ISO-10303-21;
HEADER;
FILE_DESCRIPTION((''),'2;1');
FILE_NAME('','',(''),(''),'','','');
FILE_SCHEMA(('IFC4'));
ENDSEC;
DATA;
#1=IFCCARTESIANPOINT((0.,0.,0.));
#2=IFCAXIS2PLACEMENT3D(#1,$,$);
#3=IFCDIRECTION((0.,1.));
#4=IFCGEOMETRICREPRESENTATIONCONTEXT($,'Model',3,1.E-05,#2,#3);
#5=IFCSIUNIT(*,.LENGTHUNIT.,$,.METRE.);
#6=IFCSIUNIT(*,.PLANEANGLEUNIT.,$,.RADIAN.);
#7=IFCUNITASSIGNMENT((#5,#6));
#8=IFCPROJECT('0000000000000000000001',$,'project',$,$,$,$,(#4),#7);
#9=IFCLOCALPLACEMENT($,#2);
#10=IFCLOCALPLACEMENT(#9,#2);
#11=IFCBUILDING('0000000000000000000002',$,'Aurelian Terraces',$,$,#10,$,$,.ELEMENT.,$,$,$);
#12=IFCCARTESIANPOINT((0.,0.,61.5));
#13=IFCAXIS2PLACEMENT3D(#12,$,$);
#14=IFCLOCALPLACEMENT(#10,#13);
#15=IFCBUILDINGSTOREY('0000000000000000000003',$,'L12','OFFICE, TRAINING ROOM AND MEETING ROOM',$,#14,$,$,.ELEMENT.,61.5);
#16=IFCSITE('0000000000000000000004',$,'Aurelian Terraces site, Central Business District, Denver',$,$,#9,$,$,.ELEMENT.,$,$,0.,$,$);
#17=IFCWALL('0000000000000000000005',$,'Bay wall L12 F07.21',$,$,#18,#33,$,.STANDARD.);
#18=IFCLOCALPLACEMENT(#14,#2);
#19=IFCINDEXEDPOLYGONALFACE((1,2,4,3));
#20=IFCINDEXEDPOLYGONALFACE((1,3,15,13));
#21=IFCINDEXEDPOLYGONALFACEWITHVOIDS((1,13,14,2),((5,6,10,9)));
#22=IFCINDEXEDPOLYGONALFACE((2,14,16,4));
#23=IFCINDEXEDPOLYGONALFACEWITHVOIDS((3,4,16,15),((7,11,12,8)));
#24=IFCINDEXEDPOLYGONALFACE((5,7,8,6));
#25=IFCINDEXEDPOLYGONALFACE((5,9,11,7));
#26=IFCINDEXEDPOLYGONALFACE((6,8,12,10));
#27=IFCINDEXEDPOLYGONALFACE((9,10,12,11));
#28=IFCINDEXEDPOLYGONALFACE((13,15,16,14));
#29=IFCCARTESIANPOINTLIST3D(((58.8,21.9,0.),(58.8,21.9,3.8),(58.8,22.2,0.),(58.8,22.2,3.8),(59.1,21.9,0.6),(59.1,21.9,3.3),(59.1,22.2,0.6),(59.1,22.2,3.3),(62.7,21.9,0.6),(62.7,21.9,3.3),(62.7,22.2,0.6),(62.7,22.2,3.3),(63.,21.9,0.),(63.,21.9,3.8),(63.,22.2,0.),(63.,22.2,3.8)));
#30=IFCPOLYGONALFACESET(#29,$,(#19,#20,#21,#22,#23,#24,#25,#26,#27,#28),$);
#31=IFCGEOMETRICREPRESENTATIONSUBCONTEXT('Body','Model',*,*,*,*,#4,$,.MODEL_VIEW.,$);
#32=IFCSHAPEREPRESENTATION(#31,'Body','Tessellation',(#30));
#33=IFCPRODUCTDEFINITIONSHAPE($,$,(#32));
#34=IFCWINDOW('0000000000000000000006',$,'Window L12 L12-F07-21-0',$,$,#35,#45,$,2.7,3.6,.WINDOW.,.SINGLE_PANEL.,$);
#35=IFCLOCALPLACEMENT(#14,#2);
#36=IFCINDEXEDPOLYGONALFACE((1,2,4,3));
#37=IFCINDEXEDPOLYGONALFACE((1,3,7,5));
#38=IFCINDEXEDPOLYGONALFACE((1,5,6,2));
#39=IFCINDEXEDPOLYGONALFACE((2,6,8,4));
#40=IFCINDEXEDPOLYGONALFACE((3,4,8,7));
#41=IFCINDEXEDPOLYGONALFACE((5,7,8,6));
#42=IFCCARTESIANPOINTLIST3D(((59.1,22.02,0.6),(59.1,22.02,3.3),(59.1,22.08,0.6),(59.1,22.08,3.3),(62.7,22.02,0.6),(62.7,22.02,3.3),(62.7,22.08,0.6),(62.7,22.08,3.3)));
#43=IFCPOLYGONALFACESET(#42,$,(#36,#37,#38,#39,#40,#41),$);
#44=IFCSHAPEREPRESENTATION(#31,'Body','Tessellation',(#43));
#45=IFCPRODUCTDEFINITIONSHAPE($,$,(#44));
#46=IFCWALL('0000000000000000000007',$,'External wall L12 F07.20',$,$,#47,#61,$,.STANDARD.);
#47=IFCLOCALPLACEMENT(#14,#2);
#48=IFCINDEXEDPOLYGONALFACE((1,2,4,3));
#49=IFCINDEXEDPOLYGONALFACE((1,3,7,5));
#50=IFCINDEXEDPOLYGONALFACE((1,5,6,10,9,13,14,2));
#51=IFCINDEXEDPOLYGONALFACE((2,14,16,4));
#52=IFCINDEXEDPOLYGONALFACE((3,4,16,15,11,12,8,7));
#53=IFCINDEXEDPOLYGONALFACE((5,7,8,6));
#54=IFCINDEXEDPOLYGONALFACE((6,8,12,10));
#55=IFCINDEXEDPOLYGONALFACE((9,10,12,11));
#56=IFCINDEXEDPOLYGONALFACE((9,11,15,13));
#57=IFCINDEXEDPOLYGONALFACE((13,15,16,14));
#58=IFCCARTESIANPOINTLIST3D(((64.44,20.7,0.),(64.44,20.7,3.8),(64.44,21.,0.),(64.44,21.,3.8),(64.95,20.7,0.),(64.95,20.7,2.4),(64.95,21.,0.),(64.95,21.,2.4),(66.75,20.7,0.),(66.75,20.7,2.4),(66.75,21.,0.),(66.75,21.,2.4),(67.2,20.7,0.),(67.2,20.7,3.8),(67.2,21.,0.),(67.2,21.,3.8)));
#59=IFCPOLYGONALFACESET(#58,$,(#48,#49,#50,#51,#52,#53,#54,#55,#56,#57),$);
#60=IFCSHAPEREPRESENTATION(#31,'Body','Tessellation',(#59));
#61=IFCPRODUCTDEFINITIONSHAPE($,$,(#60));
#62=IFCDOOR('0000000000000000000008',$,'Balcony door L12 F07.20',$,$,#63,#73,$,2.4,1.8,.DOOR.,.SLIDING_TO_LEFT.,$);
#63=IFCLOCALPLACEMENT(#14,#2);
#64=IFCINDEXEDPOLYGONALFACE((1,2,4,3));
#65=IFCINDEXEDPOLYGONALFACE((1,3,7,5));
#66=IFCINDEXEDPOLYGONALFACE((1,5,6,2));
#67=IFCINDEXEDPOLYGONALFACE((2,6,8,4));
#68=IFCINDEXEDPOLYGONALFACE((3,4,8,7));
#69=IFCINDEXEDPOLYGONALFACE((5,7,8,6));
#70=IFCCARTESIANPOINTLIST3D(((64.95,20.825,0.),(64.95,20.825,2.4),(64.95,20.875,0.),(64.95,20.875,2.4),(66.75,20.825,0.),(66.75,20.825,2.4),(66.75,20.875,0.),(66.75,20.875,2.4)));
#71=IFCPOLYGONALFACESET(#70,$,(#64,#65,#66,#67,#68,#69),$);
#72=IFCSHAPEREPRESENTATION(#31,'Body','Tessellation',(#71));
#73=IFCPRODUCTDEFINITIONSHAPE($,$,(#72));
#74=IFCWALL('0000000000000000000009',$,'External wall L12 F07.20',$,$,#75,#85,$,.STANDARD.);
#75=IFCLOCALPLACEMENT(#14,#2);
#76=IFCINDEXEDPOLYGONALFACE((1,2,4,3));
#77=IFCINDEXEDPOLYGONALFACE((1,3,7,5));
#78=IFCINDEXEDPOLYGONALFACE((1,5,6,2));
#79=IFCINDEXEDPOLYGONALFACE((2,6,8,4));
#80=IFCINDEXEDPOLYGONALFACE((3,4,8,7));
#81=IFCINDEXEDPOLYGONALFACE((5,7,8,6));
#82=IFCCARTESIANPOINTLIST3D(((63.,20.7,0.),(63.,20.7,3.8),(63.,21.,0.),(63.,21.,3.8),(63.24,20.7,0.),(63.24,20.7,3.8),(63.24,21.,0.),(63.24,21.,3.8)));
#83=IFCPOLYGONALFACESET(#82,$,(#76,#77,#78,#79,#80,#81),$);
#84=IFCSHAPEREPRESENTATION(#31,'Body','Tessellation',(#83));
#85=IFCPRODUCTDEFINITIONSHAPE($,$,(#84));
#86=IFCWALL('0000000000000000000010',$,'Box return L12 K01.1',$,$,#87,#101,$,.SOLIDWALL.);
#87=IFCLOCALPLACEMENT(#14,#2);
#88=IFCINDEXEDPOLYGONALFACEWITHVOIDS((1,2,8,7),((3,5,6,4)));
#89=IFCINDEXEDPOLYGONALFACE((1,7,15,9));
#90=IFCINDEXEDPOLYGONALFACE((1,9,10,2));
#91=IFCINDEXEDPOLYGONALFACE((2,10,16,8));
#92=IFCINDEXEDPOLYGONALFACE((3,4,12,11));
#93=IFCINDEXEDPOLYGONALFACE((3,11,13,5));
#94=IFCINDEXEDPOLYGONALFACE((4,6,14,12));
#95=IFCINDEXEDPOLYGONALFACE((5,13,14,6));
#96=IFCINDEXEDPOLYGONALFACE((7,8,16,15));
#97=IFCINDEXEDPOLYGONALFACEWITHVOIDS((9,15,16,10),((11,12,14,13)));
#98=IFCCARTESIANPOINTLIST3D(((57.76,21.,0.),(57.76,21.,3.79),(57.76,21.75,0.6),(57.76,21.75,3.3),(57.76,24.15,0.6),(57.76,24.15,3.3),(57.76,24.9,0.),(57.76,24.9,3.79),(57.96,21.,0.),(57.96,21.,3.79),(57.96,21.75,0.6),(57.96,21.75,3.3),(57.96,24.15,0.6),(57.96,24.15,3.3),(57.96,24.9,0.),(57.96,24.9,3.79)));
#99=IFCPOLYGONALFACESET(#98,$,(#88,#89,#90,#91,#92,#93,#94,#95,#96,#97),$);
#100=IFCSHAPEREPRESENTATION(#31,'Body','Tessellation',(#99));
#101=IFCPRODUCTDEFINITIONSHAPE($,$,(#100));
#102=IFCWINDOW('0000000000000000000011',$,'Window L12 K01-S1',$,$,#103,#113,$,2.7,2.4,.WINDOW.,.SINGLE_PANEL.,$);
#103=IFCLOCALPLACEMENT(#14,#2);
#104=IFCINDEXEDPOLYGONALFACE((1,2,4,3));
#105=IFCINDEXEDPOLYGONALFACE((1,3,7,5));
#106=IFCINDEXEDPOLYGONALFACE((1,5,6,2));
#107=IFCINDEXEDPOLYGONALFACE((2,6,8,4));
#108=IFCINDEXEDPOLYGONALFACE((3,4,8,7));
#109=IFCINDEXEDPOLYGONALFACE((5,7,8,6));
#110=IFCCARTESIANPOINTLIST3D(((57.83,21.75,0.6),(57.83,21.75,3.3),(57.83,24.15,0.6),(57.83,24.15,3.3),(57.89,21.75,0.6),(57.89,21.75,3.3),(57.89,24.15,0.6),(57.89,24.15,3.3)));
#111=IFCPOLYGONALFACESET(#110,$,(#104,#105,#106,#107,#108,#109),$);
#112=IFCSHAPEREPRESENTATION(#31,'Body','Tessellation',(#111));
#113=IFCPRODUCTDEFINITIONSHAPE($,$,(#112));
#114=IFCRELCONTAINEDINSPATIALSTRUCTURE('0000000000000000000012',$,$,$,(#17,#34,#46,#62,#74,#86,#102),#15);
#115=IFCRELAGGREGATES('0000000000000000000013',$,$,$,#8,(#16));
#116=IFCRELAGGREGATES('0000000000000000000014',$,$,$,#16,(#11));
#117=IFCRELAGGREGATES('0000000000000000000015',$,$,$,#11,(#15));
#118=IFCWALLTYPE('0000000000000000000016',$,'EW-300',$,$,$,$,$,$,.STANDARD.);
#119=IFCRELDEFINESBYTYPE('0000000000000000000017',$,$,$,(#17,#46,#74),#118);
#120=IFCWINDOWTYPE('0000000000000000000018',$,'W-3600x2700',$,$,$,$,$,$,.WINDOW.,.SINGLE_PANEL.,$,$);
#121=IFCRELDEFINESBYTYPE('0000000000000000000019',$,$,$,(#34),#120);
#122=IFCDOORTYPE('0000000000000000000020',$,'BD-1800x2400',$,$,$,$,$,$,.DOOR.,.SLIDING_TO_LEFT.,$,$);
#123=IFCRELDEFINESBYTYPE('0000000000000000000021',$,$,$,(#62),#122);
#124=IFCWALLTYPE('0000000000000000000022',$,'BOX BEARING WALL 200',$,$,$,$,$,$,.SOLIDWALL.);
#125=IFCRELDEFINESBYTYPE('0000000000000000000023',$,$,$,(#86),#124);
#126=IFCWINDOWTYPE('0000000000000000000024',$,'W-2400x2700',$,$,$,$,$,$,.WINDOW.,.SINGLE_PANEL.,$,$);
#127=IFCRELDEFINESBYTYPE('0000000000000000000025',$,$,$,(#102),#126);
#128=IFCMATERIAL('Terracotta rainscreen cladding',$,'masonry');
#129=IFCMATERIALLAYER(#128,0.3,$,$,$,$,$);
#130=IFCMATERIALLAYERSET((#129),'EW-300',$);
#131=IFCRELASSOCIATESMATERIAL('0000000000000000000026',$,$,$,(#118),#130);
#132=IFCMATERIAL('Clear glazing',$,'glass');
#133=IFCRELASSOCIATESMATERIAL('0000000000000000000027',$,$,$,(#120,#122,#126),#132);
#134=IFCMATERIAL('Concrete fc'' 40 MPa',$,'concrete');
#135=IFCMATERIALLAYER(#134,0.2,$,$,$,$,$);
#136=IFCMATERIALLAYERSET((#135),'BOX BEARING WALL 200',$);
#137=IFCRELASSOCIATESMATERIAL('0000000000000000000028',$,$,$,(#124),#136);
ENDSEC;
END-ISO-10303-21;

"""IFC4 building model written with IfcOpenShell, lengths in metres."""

from ifc_helpers import new_model, si_unit, direction, frame, frame_2d, origin, place, context, subcontext, project, spatial, rectangle, extrude, source, transform, mapped, material, layer, layer_set, type_object, element, fill, save


model = new_model("IFC4")

# Units and contexts
model_context = context("Model", 3, precision=1e-05, world=origin(), true_north=direction((0.0, 1.0)))
body_context = subcontext(model_context, "Body", "Model", "MODEL_VIEW")
ifc_project = project(units=[si_unit("LENGTHUNIT", "METRE"), si_unit("PLANEANGLEUNIT", "RADIAN")], contexts=[model_context])

# Site, building, storey
site_placement = place(None, origin())
site = spatial("IfcSite", under=ifc_project, at=site_placement, Name="Aurelian Terraces site, Central Business District, Denver", CompositionType="ELEMENT", RefElevation=0.0)
building_placement = place(site_placement, origin())
building = spatial("IfcBuilding", under=site, at=building_placement, Name="Aurelian Terraces", CompositionType="ELEMENT")
storey_placement = place(building_placement, frame((0.0, 0.0, 61.5)))
storey = spatial("IfcBuildingStorey", under=building, at=storey_placement, Name="L12", Description="OFFICE, TRAINING ROOM AND MEETING ROOM", CompositionType="ELEMENT", Elevation=61.5)

# Wall, opening, window
ifc_material_1 = material(Name="Terracotta rainscreen cladding", Category="masonry")
ifc_layer_1 = layer(ifc_material_1, 0.3)
ifc_layer_set_1 = layer_set([ifc_layer_1], Name="EW-300")
wall_type_1 = type_object("IfcWallType", Name="EW-300", PredefinedType="STANDARD", material=ifc_layer_set_1)
shared_shape_1 = source(origin(), body_context, "Body", "SweptSolid", [
    extrude(rectangle(XDim=4.2, YDim=0.3, at=frame_2d((2.1, 0.0))), origin(), (0.0, 0.0, 1.0), 3.8),
])
wall_1_placement = place(storey_placement, frame((63.0, 22.05, 0.0), z_axis=(0.0, 0.0, 1.0), x_axis=(-1.0, 0.0, 0.0)))
wall_1 = element("IfcWall", 1, at=wall_1_placement, inside=storey, type_object=wall_type_1, Name="Bay wall L12 F07.21", PredefinedType="STANDARD", context=body_context, shape_type="MappedRepresentation", body=[
    mapped(shared_shape_1, transform((0.0, 0.0, 0.0), scale=1.0)),
])
shared_shape_2 = source(origin(), body_context, "Body", "SweptSolid", [
    extrude(rectangle(XDim=3.6, YDim=2.7, at=frame_2d((1.8, 1.35))), frame((0.0, 0.16, 0.0), z_axis=(0.0, -1.0, 0.0), x_axis=(1.0, 0.0, 0.0)), (0.0, 0.0, 1.0), 0.32),
])
opening_1_placement = place(wall_1_placement, frame((0.3, 0.0, 0.6)))
opening_1 = element("IfcOpeningElement", 2, at=opening_1_placement, cuts=wall_1, PredefinedType="OPENING", context=body_context, shape_type="MappedRepresentation", body=[
    mapped(shared_shape_2, transform((0.0, 0.0, 0.0), scale=1.0)),
])
ifc_material_2 = material(Name="Clear glazing", Category="glass")
window_type_1 = type_object("IfcWindowType", Name="W-3600x2700", PartitioningType="SINGLE_PANEL", PredefinedType="WINDOW", material=ifc_material_2)
shared_shape_3 = source(origin(), body_context, "Body", "SweptSolid", [
    extrude(rectangle(XDim=3.6, YDim=2.7, at=frame_2d((1.8, 1.35))), frame((0.0, 0.03, 0.0), z_axis=(0.0, -1.0, 0.0), x_axis=(1.0, 0.0, 0.0)), (0.0, 0.0, 1.0), 0.06),
])
window_1_placement = place(opening_1_placement, origin())
window_1 = element("IfcWindow", 3, at=window_1_placement, inside=storey, type_object=window_type_1, Name="Window L12 L12-F07-21-0", OverallHeight=2.7, OverallWidth=3.6, PartitioningType="SINGLE_PANEL", PredefinedType="WINDOW", context=body_context, shape_type="MappedRepresentation", body=[
    mapped(shared_shape_3, transform((0.0, 0.0, 0.0), scale=1.0)),
])
fill(opening_1, window_1)

# Wall, opening, door
shared_shape_4 = source(origin(), body_context, "Body", "SweptSolid", [
    extrude(rectangle(XDim=2.76, YDim=0.3, at=frame_2d((1.38, 0.0))), origin(), (0.0, 0.0, 1.0), 3.8),
])
wall_2_placement = place(storey_placement, frame((67.2, 20.85, 0.0), z_axis=(0.0, 0.0, 1.0), x_axis=(-1.0, 0.0, 0.0)))
wall_2 = element("IfcWall", 4, at=wall_2_placement, inside=storey, type_object=wall_type_1, Name="External wall L12 F07.20", PredefinedType="STANDARD", context=body_context, shape_type="MappedRepresentation", body=[
    mapped(shared_shape_4, transform((0.0, 0.0, 0.0), scale=1.0)),
])
shared_shape_5 = source(origin(), body_context, "Body", "SweptSolid", [
    extrude(rectangle(XDim=1.8, YDim=2.4, at=frame_2d((0.9, 1.2))), frame((0.0, 0.16, 0.0), z_axis=(0.0, -1.0, 0.0), x_axis=(1.0, 0.0, 0.0)), (0.0, 0.0, 1.0), 0.32),
])
opening_2_placement = place(wall_2_placement, frame((0.45, 0.0, 0.0)))
opening_2 = element("IfcOpeningElement", 5, at=opening_2_placement, cuts=wall_2, PredefinedType="OPENING", context=body_context, shape_type="MappedRepresentation", body=[
    mapped(shared_shape_5, transform((0.0, 0.0, 0.0), scale=1.0)),
])
door_type = type_object("IfcDoorType", Name="BD-1800x2400", OperationType="SLIDING_TO_LEFT", PredefinedType="DOOR", material=ifc_material_2)
shared_shape_6 = source(origin(), body_context, "Body", "SweptSolid", [
    extrude(rectangle(XDim=1.8, YDim=2.4, at=frame_2d((0.9, 1.2))), frame((0.0, 0.025, 0.0), z_axis=(0.0, -1.0, 0.0), x_axis=(1.0, 0.0, 0.0)), (0.0, 0.0, 1.0), 0.05),
])
door_placement = place(opening_2_placement, origin())
door = element("IfcDoor", 6, at=door_placement, inside=storey, type_object=door_type, Name="Balcony door L12 F07.20", OperationType="SLIDING_TO_LEFT", OverallHeight=2.4, OverallWidth=1.8, PredefinedType="DOOR", context=body_context, shape_type="MappedRepresentation", body=[
    mapped(shared_shape_6, transform((0.0, 0.0, 0.0), scale=1.0)),
])
fill(opening_2, door)

# Wall
shared_shape_7 = source(origin(), body_context, "Body", "SweptSolid", [
    extrude(rectangle(XDim=0.24, YDim=0.3, at=frame_2d((0.12, 0.0))), origin(), (0.0, 0.0, 1.0), 3.8),
])
wall_3_placement = place(storey_placement, frame((63.24, 20.85, 0.0), z_axis=(0.0, 0.0, 1.0), x_axis=(-1.0, 0.0, 0.0)))
element("IfcWall", 7, at=wall_3_placement, inside=storey, type_object=wall_type_1, Name="External wall L12 F07.20", PredefinedType="STANDARD", context=body_context, shape_type="MappedRepresentation", body=[
    mapped(shared_shape_7, transform((0.0, 0.0, 0.0), scale=1.0)),
])

# Wall, opening, window
ifc_material_3 = material(Name="Concrete fc' 40 MPa", Category="concrete")
ifc_layer_2 = layer(ifc_material_3, 0.2)
ifc_layer_set_2 = layer_set([ifc_layer_2], Name="BOX BEARING WALL 200")
wall_type_2 = type_object("IfcWallType", Name="BOX BEARING WALL 200", PredefinedType="SOLIDWALL", material=ifc_layer_set_2)
shared_shape_8 = source(origin(), body_context, "Body", "SweptSolid", [
    extrude(rectangle(XDim=3.9, YDim=0.2, at=frame_2d((1.95, 0.0))), origin(), (0.0, 0.0, 1.0), 3.79),
])
wall_4_placement = place(storey_placement, frame((57.86, 21.0, 0.0), z_axis=(0.0, 0.0, 1.0), x_axis=(0.0, 1.0, 0.0)))
wall_4 = element("IfcWall", 8, at=wall_4_placement, inside=storey, type_object=wall_type_2, Name="Box return L12 K01.1", PredefinedType="SOLIDWALL", context=body_context, shape_type="MappedRepresentation", body=[
    mapped(shared_shape_8, transform((0.0, 0.0, 0.0), scale=1.0)),
])
shared_shape_9 = source(origin(), body_context, "Body", "SweptSolid", [
    extrude(rectangle(XDim=2.4, YDim=2.7, at=frame_2d((1.2, 1.35))), frame((0.0, 0.11, 0.0), z_axis=(0.0, -1.0, 0.0), x_axis=(1.0, 0.0, 0.0)), (0.0, 0.0, 1.0), 0.22),
])
opening_3_placement = place(wall_4_placement, frame((0.75, 0.0, 0.6)))
opening_3 = element("IfcOpeningElement", 9, at=opening_3_placement, cuts=wall_4, PredefinedType="OPENING", context=body_context, shape_type="MappedRepresentation", body=[
    mapped(shared_shape_9, transform((0.0, 0.0, 0.0), scale=1.0)),
])
window_type_2 = type_object("IfcWindowType", Name="W-2400x2700", PartitioningType="SINGLE_PANEL", PredefinedType="WINDOW", material=ifc_material_2)
shared_shape_10 = source(origin(), body_context, "Body", "SweptSolid", [
    extrude(rectangle(XDim=2.4, YDim=2.7, at=frame_2d((1.2, 1.35))), frame((0.0, 0.03, 0.0), z_axis=(0.0, -1.0, 0.0), x_axis=(1.0, 0.0, 0.0)), (0.0, 0.0, 1.0), 0.06),
])
window_2_placement = place(opening_3_placement, origin())
window_2 = element("IfcWindow", 10, at=window_2_placement, inside=storey, type_object=window_type_2, Name="Window L12 K01-S1", OverallHeight=2.7, OverallWidth=2.4, PartitioningType="SINGLE_PANEL", PredefinedType="WINDOW", context=body_context, shape_type="MappedRepresentation", body=[
    mapped(shared_shape_10, transform((0.0, 0.0, 0.0), scale=1.0)),
])
fill(opening_3, window_2)

save(model, "model.ifc")
